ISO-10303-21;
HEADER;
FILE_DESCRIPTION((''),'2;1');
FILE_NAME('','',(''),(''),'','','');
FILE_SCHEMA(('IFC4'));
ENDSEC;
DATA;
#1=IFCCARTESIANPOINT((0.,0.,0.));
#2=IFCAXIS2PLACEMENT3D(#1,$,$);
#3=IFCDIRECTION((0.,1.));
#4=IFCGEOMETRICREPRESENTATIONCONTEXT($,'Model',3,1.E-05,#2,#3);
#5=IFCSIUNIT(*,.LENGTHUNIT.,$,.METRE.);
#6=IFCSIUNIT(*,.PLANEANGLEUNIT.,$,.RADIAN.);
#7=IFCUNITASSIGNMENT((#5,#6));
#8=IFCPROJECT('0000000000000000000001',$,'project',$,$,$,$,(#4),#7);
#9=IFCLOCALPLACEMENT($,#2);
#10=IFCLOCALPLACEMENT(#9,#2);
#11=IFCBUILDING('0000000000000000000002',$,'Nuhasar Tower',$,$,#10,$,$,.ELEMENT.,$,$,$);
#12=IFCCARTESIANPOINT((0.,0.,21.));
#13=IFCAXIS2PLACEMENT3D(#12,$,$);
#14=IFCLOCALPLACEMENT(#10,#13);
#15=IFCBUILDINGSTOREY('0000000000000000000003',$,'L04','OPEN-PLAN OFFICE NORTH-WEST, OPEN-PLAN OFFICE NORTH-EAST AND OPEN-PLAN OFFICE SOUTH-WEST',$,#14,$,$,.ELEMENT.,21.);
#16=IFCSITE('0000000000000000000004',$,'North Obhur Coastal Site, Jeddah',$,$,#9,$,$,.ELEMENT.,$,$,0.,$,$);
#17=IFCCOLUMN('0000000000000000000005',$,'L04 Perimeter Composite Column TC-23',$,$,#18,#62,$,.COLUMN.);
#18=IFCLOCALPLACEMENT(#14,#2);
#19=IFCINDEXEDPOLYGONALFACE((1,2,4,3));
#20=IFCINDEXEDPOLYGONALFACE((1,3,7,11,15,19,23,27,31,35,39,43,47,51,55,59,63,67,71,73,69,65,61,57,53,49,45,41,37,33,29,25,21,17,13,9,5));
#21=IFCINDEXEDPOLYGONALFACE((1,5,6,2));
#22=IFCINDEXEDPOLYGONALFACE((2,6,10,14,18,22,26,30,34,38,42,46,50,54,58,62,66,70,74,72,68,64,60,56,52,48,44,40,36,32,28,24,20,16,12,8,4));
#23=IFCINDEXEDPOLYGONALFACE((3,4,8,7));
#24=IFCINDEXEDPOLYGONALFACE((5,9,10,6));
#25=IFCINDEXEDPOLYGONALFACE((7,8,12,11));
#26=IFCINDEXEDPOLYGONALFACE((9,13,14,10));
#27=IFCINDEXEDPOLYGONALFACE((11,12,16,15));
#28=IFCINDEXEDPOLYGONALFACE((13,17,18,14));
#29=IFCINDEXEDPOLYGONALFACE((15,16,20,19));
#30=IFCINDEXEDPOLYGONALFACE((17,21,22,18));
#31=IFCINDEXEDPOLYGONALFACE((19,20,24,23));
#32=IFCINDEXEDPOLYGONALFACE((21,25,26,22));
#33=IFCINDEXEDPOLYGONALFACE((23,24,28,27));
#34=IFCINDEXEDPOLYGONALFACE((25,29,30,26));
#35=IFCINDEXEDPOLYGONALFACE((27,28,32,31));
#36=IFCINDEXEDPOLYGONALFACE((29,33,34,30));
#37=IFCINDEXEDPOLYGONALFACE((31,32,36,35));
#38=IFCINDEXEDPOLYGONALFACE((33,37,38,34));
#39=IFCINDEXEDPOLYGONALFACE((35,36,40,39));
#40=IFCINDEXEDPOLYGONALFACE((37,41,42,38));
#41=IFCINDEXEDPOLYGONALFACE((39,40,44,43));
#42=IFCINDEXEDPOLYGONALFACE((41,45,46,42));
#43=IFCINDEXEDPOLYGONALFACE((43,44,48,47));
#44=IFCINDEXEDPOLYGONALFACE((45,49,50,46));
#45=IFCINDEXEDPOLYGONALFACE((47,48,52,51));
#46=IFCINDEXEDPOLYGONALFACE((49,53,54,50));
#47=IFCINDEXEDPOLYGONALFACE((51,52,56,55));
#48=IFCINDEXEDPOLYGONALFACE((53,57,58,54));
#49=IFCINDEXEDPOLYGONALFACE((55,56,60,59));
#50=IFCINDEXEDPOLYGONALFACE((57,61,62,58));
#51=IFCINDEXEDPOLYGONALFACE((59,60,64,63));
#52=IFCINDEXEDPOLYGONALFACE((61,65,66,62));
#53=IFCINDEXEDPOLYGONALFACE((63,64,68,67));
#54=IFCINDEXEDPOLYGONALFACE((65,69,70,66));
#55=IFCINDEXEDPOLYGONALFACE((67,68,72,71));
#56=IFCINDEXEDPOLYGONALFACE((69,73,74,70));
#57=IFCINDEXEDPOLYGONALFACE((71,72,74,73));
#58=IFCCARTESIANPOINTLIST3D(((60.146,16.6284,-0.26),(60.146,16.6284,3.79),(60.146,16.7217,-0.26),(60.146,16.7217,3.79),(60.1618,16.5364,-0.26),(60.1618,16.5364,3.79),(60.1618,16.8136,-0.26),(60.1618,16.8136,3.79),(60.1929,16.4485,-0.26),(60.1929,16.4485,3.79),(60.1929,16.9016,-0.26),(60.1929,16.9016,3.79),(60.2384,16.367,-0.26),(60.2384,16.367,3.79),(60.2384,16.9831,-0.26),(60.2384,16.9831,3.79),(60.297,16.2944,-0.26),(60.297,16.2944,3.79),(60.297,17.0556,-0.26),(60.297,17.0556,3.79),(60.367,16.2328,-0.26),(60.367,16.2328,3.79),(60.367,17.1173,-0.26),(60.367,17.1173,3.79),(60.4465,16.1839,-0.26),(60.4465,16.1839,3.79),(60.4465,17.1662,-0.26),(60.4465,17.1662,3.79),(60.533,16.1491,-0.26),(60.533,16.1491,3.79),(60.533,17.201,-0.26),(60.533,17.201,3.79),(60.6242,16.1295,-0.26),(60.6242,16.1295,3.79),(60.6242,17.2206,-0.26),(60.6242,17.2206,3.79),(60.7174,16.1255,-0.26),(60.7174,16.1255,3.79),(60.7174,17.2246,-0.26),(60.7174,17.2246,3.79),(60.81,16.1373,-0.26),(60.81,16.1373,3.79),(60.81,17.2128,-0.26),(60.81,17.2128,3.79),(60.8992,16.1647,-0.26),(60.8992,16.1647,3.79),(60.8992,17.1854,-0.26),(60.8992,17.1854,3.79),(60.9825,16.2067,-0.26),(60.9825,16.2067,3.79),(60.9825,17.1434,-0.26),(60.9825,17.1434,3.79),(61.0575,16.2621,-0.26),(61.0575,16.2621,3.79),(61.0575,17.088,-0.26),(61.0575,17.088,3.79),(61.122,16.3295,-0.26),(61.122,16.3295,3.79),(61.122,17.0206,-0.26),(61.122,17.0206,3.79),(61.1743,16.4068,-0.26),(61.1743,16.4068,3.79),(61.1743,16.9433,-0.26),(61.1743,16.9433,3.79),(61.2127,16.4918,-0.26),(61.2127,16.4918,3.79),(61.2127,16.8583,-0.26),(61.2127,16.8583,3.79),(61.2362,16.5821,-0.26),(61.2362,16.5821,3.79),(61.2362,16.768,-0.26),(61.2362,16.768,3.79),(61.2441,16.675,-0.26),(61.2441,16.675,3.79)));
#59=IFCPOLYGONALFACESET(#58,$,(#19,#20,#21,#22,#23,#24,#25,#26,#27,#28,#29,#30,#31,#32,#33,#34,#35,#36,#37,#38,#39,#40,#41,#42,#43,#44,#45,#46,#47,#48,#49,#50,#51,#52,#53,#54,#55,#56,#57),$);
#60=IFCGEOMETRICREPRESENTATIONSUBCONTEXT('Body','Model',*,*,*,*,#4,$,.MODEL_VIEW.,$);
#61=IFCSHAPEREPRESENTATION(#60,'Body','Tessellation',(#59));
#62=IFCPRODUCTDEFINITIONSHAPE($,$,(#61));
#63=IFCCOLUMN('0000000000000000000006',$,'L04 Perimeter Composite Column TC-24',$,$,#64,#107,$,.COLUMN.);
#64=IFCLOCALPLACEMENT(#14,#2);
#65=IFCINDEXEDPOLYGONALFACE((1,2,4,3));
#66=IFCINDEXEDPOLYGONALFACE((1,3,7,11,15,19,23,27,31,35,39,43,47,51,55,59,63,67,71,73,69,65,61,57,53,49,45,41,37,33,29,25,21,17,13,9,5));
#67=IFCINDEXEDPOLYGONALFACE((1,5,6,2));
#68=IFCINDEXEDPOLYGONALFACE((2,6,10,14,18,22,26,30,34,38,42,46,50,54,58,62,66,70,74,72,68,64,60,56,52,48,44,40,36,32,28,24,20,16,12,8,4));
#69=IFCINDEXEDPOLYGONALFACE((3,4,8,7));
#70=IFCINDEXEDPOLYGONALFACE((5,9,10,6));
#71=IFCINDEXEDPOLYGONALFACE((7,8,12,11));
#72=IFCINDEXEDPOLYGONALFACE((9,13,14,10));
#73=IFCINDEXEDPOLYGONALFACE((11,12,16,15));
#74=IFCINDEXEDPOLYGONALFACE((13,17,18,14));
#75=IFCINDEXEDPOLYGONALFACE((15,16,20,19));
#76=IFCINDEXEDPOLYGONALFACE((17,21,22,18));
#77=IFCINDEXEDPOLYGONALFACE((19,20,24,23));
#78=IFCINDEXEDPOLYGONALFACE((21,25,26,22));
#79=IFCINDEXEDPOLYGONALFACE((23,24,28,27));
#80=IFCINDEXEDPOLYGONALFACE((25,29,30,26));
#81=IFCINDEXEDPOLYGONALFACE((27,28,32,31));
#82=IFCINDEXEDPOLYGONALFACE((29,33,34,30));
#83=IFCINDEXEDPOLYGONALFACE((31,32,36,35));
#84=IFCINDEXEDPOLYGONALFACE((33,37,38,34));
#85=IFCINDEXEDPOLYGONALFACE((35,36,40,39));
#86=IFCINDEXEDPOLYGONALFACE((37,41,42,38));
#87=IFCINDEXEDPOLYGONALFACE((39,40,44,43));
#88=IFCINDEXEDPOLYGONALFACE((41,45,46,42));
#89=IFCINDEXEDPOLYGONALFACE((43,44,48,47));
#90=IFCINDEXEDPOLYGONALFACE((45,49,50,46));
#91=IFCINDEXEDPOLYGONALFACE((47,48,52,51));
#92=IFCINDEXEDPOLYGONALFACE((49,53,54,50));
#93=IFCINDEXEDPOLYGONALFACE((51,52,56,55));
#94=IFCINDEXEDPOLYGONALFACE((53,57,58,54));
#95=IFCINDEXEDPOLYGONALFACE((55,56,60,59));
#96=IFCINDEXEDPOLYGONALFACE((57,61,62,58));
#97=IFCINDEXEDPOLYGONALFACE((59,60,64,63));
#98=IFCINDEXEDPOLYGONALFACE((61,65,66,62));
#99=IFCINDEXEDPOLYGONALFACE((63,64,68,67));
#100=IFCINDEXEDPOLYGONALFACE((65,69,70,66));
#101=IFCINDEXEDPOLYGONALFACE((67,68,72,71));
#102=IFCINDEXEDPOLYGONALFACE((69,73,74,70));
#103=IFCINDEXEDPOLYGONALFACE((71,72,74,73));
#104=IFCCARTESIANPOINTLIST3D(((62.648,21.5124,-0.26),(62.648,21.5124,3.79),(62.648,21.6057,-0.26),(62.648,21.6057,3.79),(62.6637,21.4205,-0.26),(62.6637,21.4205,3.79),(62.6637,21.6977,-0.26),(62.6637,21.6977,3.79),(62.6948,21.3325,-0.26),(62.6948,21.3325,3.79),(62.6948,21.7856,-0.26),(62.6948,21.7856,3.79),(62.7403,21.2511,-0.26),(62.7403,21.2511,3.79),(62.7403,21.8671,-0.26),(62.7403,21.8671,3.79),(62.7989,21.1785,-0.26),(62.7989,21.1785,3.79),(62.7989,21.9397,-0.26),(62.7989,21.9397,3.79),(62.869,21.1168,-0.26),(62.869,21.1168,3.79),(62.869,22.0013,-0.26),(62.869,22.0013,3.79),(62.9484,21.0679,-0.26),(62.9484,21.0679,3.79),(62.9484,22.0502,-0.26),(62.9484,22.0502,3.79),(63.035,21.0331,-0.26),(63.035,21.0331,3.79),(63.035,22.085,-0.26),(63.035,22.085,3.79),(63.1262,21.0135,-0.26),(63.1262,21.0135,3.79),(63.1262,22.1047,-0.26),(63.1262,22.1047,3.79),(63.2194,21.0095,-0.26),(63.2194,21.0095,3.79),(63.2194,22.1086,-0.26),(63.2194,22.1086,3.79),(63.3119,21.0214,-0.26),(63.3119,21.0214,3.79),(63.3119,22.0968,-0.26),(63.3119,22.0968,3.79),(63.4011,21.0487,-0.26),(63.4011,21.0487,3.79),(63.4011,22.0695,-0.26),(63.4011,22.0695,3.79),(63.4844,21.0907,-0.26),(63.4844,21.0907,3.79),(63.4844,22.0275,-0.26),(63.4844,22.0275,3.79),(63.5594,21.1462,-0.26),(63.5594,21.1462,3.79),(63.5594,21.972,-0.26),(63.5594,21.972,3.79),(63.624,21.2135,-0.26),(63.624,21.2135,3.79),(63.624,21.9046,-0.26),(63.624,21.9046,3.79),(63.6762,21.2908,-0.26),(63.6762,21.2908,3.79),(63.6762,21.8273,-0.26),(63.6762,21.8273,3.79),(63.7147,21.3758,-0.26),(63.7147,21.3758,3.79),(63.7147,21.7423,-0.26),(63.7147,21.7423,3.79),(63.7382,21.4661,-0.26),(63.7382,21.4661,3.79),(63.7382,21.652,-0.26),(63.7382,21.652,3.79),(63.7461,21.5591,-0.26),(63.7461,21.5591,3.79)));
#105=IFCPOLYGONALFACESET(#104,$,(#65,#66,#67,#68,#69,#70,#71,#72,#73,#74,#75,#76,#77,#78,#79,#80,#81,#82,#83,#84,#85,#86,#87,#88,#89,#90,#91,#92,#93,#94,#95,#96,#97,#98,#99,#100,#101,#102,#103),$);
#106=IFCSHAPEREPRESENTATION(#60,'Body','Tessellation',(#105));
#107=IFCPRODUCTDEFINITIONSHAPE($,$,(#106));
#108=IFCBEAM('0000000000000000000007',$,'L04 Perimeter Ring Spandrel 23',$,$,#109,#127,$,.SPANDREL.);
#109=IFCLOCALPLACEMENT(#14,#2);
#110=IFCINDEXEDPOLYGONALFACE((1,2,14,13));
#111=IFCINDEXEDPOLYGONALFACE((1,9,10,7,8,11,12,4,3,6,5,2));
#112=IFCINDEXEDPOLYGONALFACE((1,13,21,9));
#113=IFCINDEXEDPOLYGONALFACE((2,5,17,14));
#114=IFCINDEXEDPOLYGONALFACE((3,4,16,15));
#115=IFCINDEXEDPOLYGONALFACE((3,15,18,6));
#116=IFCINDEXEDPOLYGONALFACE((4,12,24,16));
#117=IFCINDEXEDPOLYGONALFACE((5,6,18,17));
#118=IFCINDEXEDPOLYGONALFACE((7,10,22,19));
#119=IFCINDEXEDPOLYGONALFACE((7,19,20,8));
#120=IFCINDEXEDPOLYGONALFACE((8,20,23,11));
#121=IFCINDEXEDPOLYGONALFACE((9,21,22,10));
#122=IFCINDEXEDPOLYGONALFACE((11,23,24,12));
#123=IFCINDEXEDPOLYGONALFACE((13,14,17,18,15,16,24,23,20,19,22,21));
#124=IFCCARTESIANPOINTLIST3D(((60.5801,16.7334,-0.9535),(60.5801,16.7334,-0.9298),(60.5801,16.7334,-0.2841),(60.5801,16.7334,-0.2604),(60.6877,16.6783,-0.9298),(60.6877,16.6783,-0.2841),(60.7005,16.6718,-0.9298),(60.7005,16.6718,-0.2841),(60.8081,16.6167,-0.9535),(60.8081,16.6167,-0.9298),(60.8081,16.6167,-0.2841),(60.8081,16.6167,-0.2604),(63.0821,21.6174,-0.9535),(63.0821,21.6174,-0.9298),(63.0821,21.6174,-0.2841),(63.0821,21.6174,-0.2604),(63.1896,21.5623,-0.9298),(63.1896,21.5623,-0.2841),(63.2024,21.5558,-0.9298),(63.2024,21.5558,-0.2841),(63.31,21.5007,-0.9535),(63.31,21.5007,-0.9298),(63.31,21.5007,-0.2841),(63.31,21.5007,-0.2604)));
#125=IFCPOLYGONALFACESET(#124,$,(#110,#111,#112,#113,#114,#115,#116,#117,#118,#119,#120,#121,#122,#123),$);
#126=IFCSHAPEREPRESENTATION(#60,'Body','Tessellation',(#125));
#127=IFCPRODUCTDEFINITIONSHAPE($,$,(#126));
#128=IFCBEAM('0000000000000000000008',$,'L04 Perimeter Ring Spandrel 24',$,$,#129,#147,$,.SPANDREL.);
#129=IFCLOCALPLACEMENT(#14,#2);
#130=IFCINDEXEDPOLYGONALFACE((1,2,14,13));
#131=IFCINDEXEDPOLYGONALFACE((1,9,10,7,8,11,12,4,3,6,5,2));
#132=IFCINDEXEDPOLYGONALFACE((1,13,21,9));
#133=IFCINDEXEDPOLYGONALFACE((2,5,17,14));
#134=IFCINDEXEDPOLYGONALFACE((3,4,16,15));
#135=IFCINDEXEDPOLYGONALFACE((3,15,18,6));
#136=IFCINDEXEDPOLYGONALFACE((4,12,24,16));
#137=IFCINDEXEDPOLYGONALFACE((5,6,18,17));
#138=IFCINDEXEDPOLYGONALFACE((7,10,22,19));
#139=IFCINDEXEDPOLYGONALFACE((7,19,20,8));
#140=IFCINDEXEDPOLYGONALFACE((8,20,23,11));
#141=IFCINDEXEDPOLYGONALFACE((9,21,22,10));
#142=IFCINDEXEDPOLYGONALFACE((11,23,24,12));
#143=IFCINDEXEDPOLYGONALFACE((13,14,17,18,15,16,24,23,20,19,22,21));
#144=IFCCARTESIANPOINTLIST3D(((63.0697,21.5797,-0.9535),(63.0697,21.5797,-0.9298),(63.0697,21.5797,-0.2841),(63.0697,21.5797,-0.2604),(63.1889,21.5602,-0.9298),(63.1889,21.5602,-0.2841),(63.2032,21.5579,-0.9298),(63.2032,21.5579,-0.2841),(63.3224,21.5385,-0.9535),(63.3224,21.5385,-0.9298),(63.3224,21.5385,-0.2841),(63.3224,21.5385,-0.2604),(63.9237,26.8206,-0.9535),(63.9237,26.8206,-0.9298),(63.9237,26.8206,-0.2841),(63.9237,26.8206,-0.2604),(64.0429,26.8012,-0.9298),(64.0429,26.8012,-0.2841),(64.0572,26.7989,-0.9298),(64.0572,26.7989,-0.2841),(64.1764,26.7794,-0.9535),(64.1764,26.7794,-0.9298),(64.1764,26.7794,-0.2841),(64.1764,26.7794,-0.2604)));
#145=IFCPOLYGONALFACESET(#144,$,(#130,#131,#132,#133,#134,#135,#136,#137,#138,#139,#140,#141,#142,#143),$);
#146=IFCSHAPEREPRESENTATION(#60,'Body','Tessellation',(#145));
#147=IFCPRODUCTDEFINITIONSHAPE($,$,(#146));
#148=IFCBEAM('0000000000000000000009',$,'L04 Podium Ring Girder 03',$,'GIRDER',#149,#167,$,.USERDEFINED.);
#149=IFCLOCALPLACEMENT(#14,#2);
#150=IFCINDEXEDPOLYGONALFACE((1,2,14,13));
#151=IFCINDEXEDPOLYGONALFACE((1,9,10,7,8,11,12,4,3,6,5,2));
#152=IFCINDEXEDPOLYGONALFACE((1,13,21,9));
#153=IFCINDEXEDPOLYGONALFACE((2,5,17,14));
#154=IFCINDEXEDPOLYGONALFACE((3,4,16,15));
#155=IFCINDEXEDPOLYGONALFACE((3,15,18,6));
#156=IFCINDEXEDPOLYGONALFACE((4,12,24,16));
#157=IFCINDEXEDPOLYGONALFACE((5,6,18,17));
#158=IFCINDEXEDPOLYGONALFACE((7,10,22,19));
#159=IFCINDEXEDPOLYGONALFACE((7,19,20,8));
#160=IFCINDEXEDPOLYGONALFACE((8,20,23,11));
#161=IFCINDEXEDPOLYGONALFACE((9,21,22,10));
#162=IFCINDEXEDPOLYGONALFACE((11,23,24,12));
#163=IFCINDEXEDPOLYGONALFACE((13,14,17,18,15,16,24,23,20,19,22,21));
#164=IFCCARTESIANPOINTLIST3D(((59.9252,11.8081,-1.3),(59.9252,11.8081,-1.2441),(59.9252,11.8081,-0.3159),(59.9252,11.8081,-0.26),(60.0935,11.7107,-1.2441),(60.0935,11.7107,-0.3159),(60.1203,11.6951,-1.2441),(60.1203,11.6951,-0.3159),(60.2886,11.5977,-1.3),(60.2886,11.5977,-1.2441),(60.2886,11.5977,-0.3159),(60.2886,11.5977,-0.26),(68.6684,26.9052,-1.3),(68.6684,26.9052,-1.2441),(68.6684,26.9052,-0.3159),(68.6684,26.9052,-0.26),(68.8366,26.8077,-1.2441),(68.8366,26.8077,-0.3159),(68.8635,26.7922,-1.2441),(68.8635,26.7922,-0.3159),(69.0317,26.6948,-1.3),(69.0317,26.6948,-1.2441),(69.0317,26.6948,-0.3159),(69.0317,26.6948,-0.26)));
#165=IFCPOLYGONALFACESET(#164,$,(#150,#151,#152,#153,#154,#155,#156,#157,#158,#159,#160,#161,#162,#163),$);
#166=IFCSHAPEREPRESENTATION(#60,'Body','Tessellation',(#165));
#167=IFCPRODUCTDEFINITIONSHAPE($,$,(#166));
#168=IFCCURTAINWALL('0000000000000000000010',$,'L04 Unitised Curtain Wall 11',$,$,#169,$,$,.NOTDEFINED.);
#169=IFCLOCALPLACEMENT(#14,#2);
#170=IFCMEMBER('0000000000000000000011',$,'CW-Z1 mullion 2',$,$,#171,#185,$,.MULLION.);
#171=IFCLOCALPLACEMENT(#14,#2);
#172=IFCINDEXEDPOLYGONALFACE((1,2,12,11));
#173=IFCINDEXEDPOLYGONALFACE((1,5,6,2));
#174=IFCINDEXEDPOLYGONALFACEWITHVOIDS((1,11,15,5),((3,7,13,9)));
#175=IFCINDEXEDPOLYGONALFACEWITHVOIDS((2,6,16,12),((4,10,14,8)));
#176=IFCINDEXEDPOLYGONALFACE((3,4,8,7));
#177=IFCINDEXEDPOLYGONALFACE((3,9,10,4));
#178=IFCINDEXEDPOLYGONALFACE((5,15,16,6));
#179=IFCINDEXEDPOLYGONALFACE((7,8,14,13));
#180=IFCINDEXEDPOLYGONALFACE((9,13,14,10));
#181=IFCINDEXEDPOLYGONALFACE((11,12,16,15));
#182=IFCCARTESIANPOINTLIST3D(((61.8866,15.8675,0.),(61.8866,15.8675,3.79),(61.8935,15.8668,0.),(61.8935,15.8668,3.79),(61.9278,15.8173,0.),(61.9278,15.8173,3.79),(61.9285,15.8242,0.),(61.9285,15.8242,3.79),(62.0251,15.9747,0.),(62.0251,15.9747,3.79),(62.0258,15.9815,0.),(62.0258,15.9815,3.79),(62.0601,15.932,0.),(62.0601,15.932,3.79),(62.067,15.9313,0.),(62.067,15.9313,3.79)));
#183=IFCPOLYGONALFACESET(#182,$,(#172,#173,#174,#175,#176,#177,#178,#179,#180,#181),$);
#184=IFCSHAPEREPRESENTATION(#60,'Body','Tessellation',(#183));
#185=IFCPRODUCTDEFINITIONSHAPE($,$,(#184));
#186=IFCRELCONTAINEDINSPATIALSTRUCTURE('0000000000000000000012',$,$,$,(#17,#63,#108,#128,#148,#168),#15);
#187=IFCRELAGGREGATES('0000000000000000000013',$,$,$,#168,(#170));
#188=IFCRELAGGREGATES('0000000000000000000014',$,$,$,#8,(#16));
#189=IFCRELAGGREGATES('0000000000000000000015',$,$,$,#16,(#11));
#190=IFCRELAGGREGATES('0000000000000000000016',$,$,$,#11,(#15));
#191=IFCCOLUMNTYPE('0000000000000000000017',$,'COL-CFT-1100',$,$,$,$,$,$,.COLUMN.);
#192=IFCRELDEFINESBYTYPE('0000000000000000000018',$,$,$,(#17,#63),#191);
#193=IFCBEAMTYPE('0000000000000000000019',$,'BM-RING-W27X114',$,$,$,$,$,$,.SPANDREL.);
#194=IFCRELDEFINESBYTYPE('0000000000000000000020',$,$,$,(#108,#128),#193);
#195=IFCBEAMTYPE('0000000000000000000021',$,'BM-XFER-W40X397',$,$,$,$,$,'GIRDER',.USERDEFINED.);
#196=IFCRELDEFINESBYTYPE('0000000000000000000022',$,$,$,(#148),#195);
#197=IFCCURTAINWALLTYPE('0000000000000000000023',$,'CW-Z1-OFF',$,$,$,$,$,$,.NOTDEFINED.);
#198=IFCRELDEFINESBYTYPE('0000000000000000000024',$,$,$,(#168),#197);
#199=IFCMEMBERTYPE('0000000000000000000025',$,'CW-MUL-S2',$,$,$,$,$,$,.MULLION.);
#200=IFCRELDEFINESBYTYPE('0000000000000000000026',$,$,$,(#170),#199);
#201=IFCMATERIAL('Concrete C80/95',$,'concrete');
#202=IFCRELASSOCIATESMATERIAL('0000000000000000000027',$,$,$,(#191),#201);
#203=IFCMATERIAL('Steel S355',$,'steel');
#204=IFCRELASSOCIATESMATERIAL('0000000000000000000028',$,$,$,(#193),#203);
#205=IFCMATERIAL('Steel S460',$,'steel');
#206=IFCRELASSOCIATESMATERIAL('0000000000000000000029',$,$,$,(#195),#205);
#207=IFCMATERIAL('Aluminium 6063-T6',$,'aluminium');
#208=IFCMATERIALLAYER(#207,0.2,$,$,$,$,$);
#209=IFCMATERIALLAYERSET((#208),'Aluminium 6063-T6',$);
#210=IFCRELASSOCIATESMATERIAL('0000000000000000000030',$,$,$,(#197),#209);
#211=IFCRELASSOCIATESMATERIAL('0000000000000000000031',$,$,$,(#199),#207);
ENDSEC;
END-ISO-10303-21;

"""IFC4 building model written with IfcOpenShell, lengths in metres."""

from ifc_helpers import new_model, si_unit, direction, frame, origin, origin_2d, place, context, subcontext, project, spatial, hollow_rectangle, circle, i_section, extrude, material, layer, layer_set, material_profile, profile_set, type_object, element, aggregate, save


model = new_model("IFC4")

# Units and contexts
model_context = context("Model", 3, precision=1e-05, world=origin(), true_north=direction((0.0, 1.0)))
body_context = subcontext(model_context, "Body", "Model", "MODEL_VIEW")
ifc_project = project(units=[si_unit("LENGTHUNIT", "METRE"), si_unit("PLANEANGLEUNIT", "RADIAN")], contexts=[model_context])

# Site, building, storey
site_placement = place(None, origin())
site = spatial("IfcSite", under=ifc_project, at=site_placement, Name="North Obhur Coastal Site, Jeddah", CompositionType="ELEMENT", RefElevation=0.0)
building_placement = place(site_placement, origin())
building = spatial("IfcBuilding", under=site, at=building_placement, Name="Nuhasar Tower", CompositionType="ELEMENT")
storey_placement = place(building_placement, frame((0.0, 0.0, 21.0)))
storey = spatial("IfcBuildingStorey", under=building, at=storey_placement, Name="L04", Description="OPEN-PLAN OFFICE NORTH-WEST, OPEN-PLAN OFFICE NORTH-EAST AND OPEN-PLAN OFFICE SOUTH-WEST", CompositionType="ELEMENT", Elevation=21.0)

# Columns
ifc_material_1 = material(Name="Concrete C80/95", Category="concrete")
ifc_material_profile_1 = material_profile(ifc_material_1, circle(Radius=0.55, at=origin_2d()), Name="CFT1100")
ifc_profile_set_1 = profile_set([ifc_material_profile_1], Name="Concrete C80/95")
column_type = type_object("IfcColumnType", Name="COL-CFT-1100", PredefinedType="COLUMN", material=ifc_profile_set_1)
for number, where, z_axis, x_axis, name in (
    (1, (60.6941, 16.675, -0.26), (0.0, 0.0, 1.0), (1.0, 0.0, 0.0), "L04 Perimeter Composite Column TC-23"),
    (2, (63.196, 21.5591, -0.26), (0.0, 0.0, 1.0), (1.0, 0.0, 0.0), "L04 Perimeter Composite Column TC-24"),
):
    element("IfcColumn", number, at=place(storey_placement, frame(where, z_axis=z_axis, x_axis=x_axis)), inside=storey, type_object=column_type, Name=name, PredefinedType="COLUMN", context=body_context, shape_type="SweptSolid", body=[
        extrude(circle(Radius=0.55, at=origin_2d()), origin(), (0.0, 0.0, 1.0), 4.05),
    ])

# Beams
ifc_material_2 = material(Name="Steel S355", Category="steel")
ifc_material_profile_2 = material_profile(ifc_material_2, i_section(OverallWidth=0.2561, OverallDepth=0.6931, WebThickness=0.0144, FlangeThickness=0.0237, at=origin_2d()), Name="W27X114")
ifc_profile_set_2 = profile_set([ifc_material_profile_2], Name="Steel S355")
beam_type_1 = type_object("IfcBeamType", Name="BM-RING-W27X114", PredefinedType="SPANDREL", material=ifc_profile_set_2)
beam_1_placement = place(storey_placement, frame((60.6941, 16.675, -0.6069), z_axis=(0.45593, 0.890016, 0.0), x_axis=(-0.890016, 0.45593, 0.0)))
element("IfcBeam", 3, at=beam_1_placement, inside=storey, type_object=beam_type_1, Name="L04 Perimeter Ring Spandrel 23", PredefinedType="SPANDREL", context=body_context, shape_type="SweptSolid", body=[
    extrude(i_section(OverallWidth=0.2561, OverallDepth=0.6931, WebThickness=0.0144, FlangeThickness=0.0237, at=origin_2d()), origin(), (0.0, 0.0, 1.0), 5.4875),
])
beam_2_placement = place(storey_placement, frame((63.196, 21.5591, -0.6069), z_axis=(0.160827, 0.986983, 0.0), x_axis=(-0.986983, 0.160827, 0.0)))
element("IfcBeam", 4, at=beam_2_placement, inside=storey, type_object=beam_type_1, Name="L04 Perimeter Ring Spandrel 24", PredefinedType="SPANDREL", context=body_context, shape_type="SweptSolid", body=[
    extrude(i_section(OverallWidth=0.2561, OverallDepth=0.6931, WebThickness=0.0144, FlangeThickness=0.0237, at=origin_2d()), origin(), (0.0, 0.0, 1.0), 5.3101),
])
ifc_material_3 = material(Name="Steel S460", Category="steel")
ifc_material_profile_3 = material_profile(ifc_material_3, i_section(OverallWidth=0.4199, OverallDepth=1.04, WebThickness=0.031, FlangeThickness=0.0559, at=origin_2d()), Name="W40X397")
ifc_profile_set_3 = profile_set([ifc_material_profile_3], Name="Steel S460")
beam_type_2 = type_object("IfcBeamType", Name="BM-XFER-W40X397", ElementType="GIRDER", PredefinedType="USERDEFINED", material=ifc_profile_set_3)
beam_3_placement = place(storey_placement, frame((60.1069, 11.7029, -0.78), z_axis=(0.501152, 0.865359, 0.0), x_axis=(-0.865359, 0.501152, 0.0)))
element("IfcBeam", 5, at=beam_3_placement, inside=storey, type_object=beam_type_2, Name="L04 Podium Ring Girder 03", ObjectType="GIRDER", PredefinedType="USERDEFINED", context=body_context, shape_type="SweptSolid", body=[
    extrude(i_section(OverallWidth=0.4199, OverallDepth=1.04, WebThickness=0.031, FlangeThickness=0.0559, at=origin_2d()), origin(), (0.0, 0.0, 1.0), 17.446),
])

# Curtain wall, member
ifc_material_4 = material(Name="Aluminium 6063-T6", Category="aluminium")
ifc_layer_1 = layer(ifc_material_4, 0.2)
ifc_layer_set_1 = layer_set([ifc_layer_1], Name="Aluminium 6063-T6")
curtain_wall_type = type_object("IfcCurtainWallType", Name="CW-Z1-OFF", PredefinedType="NOTDEFINED", material=ifc_layer_set_1)
curtain_wall_1_placement = place(storey_placement, origin())
curtain_wall_1 = element("IfcCurtainWall", 6, at=curtain_wall_1_placement, inside=storey, type_object=curtain_wall_type, Name="L04 Unitised Curtain Wall 11", PredefinedType="NOTDEFINED")
ifc_material_profile_4 = material_profile(ifc_material_4, hollow_rectangle(XDim=0.0649, YDim=0.1799, WallThickness=0.0049, at=origin_2d()), Name="CWM-2")
ifc_profile_set_4 = profile_set([ifc_material_profile_4], Name="Aluminium 6063-T6")
member_type_1 = type_object("IfcMemberType", Name="CW-MUL-S2", PredefinedType="MULLION", material=ifc_profile_set_4)
member_1_placement = place(storey_placement, frame((61.9768, 15.8994, 0.0), z_axis=(0.0, 0.0, 1.0), x_axis=(-0.633745, 0.773542, 0.0)))
member_1 = element("IfcMember", 7, at=member_1_placement, type_object=member_type_1, Name="CW-Z1 mullion 2", PredefinedType="MULLION", context=body_context, shape_type="SweptSolid", body=[
    extrude(hollow_rectangle(XDim=0.0649, YDim=0.1799, WallThickness=0.0049, at=origin_2d()), origin(), (0.0, 0.0, 1.0), 3.79),
])

aggregate(curtain_wall_1, [member_1])

save(model, "model.ifc")
